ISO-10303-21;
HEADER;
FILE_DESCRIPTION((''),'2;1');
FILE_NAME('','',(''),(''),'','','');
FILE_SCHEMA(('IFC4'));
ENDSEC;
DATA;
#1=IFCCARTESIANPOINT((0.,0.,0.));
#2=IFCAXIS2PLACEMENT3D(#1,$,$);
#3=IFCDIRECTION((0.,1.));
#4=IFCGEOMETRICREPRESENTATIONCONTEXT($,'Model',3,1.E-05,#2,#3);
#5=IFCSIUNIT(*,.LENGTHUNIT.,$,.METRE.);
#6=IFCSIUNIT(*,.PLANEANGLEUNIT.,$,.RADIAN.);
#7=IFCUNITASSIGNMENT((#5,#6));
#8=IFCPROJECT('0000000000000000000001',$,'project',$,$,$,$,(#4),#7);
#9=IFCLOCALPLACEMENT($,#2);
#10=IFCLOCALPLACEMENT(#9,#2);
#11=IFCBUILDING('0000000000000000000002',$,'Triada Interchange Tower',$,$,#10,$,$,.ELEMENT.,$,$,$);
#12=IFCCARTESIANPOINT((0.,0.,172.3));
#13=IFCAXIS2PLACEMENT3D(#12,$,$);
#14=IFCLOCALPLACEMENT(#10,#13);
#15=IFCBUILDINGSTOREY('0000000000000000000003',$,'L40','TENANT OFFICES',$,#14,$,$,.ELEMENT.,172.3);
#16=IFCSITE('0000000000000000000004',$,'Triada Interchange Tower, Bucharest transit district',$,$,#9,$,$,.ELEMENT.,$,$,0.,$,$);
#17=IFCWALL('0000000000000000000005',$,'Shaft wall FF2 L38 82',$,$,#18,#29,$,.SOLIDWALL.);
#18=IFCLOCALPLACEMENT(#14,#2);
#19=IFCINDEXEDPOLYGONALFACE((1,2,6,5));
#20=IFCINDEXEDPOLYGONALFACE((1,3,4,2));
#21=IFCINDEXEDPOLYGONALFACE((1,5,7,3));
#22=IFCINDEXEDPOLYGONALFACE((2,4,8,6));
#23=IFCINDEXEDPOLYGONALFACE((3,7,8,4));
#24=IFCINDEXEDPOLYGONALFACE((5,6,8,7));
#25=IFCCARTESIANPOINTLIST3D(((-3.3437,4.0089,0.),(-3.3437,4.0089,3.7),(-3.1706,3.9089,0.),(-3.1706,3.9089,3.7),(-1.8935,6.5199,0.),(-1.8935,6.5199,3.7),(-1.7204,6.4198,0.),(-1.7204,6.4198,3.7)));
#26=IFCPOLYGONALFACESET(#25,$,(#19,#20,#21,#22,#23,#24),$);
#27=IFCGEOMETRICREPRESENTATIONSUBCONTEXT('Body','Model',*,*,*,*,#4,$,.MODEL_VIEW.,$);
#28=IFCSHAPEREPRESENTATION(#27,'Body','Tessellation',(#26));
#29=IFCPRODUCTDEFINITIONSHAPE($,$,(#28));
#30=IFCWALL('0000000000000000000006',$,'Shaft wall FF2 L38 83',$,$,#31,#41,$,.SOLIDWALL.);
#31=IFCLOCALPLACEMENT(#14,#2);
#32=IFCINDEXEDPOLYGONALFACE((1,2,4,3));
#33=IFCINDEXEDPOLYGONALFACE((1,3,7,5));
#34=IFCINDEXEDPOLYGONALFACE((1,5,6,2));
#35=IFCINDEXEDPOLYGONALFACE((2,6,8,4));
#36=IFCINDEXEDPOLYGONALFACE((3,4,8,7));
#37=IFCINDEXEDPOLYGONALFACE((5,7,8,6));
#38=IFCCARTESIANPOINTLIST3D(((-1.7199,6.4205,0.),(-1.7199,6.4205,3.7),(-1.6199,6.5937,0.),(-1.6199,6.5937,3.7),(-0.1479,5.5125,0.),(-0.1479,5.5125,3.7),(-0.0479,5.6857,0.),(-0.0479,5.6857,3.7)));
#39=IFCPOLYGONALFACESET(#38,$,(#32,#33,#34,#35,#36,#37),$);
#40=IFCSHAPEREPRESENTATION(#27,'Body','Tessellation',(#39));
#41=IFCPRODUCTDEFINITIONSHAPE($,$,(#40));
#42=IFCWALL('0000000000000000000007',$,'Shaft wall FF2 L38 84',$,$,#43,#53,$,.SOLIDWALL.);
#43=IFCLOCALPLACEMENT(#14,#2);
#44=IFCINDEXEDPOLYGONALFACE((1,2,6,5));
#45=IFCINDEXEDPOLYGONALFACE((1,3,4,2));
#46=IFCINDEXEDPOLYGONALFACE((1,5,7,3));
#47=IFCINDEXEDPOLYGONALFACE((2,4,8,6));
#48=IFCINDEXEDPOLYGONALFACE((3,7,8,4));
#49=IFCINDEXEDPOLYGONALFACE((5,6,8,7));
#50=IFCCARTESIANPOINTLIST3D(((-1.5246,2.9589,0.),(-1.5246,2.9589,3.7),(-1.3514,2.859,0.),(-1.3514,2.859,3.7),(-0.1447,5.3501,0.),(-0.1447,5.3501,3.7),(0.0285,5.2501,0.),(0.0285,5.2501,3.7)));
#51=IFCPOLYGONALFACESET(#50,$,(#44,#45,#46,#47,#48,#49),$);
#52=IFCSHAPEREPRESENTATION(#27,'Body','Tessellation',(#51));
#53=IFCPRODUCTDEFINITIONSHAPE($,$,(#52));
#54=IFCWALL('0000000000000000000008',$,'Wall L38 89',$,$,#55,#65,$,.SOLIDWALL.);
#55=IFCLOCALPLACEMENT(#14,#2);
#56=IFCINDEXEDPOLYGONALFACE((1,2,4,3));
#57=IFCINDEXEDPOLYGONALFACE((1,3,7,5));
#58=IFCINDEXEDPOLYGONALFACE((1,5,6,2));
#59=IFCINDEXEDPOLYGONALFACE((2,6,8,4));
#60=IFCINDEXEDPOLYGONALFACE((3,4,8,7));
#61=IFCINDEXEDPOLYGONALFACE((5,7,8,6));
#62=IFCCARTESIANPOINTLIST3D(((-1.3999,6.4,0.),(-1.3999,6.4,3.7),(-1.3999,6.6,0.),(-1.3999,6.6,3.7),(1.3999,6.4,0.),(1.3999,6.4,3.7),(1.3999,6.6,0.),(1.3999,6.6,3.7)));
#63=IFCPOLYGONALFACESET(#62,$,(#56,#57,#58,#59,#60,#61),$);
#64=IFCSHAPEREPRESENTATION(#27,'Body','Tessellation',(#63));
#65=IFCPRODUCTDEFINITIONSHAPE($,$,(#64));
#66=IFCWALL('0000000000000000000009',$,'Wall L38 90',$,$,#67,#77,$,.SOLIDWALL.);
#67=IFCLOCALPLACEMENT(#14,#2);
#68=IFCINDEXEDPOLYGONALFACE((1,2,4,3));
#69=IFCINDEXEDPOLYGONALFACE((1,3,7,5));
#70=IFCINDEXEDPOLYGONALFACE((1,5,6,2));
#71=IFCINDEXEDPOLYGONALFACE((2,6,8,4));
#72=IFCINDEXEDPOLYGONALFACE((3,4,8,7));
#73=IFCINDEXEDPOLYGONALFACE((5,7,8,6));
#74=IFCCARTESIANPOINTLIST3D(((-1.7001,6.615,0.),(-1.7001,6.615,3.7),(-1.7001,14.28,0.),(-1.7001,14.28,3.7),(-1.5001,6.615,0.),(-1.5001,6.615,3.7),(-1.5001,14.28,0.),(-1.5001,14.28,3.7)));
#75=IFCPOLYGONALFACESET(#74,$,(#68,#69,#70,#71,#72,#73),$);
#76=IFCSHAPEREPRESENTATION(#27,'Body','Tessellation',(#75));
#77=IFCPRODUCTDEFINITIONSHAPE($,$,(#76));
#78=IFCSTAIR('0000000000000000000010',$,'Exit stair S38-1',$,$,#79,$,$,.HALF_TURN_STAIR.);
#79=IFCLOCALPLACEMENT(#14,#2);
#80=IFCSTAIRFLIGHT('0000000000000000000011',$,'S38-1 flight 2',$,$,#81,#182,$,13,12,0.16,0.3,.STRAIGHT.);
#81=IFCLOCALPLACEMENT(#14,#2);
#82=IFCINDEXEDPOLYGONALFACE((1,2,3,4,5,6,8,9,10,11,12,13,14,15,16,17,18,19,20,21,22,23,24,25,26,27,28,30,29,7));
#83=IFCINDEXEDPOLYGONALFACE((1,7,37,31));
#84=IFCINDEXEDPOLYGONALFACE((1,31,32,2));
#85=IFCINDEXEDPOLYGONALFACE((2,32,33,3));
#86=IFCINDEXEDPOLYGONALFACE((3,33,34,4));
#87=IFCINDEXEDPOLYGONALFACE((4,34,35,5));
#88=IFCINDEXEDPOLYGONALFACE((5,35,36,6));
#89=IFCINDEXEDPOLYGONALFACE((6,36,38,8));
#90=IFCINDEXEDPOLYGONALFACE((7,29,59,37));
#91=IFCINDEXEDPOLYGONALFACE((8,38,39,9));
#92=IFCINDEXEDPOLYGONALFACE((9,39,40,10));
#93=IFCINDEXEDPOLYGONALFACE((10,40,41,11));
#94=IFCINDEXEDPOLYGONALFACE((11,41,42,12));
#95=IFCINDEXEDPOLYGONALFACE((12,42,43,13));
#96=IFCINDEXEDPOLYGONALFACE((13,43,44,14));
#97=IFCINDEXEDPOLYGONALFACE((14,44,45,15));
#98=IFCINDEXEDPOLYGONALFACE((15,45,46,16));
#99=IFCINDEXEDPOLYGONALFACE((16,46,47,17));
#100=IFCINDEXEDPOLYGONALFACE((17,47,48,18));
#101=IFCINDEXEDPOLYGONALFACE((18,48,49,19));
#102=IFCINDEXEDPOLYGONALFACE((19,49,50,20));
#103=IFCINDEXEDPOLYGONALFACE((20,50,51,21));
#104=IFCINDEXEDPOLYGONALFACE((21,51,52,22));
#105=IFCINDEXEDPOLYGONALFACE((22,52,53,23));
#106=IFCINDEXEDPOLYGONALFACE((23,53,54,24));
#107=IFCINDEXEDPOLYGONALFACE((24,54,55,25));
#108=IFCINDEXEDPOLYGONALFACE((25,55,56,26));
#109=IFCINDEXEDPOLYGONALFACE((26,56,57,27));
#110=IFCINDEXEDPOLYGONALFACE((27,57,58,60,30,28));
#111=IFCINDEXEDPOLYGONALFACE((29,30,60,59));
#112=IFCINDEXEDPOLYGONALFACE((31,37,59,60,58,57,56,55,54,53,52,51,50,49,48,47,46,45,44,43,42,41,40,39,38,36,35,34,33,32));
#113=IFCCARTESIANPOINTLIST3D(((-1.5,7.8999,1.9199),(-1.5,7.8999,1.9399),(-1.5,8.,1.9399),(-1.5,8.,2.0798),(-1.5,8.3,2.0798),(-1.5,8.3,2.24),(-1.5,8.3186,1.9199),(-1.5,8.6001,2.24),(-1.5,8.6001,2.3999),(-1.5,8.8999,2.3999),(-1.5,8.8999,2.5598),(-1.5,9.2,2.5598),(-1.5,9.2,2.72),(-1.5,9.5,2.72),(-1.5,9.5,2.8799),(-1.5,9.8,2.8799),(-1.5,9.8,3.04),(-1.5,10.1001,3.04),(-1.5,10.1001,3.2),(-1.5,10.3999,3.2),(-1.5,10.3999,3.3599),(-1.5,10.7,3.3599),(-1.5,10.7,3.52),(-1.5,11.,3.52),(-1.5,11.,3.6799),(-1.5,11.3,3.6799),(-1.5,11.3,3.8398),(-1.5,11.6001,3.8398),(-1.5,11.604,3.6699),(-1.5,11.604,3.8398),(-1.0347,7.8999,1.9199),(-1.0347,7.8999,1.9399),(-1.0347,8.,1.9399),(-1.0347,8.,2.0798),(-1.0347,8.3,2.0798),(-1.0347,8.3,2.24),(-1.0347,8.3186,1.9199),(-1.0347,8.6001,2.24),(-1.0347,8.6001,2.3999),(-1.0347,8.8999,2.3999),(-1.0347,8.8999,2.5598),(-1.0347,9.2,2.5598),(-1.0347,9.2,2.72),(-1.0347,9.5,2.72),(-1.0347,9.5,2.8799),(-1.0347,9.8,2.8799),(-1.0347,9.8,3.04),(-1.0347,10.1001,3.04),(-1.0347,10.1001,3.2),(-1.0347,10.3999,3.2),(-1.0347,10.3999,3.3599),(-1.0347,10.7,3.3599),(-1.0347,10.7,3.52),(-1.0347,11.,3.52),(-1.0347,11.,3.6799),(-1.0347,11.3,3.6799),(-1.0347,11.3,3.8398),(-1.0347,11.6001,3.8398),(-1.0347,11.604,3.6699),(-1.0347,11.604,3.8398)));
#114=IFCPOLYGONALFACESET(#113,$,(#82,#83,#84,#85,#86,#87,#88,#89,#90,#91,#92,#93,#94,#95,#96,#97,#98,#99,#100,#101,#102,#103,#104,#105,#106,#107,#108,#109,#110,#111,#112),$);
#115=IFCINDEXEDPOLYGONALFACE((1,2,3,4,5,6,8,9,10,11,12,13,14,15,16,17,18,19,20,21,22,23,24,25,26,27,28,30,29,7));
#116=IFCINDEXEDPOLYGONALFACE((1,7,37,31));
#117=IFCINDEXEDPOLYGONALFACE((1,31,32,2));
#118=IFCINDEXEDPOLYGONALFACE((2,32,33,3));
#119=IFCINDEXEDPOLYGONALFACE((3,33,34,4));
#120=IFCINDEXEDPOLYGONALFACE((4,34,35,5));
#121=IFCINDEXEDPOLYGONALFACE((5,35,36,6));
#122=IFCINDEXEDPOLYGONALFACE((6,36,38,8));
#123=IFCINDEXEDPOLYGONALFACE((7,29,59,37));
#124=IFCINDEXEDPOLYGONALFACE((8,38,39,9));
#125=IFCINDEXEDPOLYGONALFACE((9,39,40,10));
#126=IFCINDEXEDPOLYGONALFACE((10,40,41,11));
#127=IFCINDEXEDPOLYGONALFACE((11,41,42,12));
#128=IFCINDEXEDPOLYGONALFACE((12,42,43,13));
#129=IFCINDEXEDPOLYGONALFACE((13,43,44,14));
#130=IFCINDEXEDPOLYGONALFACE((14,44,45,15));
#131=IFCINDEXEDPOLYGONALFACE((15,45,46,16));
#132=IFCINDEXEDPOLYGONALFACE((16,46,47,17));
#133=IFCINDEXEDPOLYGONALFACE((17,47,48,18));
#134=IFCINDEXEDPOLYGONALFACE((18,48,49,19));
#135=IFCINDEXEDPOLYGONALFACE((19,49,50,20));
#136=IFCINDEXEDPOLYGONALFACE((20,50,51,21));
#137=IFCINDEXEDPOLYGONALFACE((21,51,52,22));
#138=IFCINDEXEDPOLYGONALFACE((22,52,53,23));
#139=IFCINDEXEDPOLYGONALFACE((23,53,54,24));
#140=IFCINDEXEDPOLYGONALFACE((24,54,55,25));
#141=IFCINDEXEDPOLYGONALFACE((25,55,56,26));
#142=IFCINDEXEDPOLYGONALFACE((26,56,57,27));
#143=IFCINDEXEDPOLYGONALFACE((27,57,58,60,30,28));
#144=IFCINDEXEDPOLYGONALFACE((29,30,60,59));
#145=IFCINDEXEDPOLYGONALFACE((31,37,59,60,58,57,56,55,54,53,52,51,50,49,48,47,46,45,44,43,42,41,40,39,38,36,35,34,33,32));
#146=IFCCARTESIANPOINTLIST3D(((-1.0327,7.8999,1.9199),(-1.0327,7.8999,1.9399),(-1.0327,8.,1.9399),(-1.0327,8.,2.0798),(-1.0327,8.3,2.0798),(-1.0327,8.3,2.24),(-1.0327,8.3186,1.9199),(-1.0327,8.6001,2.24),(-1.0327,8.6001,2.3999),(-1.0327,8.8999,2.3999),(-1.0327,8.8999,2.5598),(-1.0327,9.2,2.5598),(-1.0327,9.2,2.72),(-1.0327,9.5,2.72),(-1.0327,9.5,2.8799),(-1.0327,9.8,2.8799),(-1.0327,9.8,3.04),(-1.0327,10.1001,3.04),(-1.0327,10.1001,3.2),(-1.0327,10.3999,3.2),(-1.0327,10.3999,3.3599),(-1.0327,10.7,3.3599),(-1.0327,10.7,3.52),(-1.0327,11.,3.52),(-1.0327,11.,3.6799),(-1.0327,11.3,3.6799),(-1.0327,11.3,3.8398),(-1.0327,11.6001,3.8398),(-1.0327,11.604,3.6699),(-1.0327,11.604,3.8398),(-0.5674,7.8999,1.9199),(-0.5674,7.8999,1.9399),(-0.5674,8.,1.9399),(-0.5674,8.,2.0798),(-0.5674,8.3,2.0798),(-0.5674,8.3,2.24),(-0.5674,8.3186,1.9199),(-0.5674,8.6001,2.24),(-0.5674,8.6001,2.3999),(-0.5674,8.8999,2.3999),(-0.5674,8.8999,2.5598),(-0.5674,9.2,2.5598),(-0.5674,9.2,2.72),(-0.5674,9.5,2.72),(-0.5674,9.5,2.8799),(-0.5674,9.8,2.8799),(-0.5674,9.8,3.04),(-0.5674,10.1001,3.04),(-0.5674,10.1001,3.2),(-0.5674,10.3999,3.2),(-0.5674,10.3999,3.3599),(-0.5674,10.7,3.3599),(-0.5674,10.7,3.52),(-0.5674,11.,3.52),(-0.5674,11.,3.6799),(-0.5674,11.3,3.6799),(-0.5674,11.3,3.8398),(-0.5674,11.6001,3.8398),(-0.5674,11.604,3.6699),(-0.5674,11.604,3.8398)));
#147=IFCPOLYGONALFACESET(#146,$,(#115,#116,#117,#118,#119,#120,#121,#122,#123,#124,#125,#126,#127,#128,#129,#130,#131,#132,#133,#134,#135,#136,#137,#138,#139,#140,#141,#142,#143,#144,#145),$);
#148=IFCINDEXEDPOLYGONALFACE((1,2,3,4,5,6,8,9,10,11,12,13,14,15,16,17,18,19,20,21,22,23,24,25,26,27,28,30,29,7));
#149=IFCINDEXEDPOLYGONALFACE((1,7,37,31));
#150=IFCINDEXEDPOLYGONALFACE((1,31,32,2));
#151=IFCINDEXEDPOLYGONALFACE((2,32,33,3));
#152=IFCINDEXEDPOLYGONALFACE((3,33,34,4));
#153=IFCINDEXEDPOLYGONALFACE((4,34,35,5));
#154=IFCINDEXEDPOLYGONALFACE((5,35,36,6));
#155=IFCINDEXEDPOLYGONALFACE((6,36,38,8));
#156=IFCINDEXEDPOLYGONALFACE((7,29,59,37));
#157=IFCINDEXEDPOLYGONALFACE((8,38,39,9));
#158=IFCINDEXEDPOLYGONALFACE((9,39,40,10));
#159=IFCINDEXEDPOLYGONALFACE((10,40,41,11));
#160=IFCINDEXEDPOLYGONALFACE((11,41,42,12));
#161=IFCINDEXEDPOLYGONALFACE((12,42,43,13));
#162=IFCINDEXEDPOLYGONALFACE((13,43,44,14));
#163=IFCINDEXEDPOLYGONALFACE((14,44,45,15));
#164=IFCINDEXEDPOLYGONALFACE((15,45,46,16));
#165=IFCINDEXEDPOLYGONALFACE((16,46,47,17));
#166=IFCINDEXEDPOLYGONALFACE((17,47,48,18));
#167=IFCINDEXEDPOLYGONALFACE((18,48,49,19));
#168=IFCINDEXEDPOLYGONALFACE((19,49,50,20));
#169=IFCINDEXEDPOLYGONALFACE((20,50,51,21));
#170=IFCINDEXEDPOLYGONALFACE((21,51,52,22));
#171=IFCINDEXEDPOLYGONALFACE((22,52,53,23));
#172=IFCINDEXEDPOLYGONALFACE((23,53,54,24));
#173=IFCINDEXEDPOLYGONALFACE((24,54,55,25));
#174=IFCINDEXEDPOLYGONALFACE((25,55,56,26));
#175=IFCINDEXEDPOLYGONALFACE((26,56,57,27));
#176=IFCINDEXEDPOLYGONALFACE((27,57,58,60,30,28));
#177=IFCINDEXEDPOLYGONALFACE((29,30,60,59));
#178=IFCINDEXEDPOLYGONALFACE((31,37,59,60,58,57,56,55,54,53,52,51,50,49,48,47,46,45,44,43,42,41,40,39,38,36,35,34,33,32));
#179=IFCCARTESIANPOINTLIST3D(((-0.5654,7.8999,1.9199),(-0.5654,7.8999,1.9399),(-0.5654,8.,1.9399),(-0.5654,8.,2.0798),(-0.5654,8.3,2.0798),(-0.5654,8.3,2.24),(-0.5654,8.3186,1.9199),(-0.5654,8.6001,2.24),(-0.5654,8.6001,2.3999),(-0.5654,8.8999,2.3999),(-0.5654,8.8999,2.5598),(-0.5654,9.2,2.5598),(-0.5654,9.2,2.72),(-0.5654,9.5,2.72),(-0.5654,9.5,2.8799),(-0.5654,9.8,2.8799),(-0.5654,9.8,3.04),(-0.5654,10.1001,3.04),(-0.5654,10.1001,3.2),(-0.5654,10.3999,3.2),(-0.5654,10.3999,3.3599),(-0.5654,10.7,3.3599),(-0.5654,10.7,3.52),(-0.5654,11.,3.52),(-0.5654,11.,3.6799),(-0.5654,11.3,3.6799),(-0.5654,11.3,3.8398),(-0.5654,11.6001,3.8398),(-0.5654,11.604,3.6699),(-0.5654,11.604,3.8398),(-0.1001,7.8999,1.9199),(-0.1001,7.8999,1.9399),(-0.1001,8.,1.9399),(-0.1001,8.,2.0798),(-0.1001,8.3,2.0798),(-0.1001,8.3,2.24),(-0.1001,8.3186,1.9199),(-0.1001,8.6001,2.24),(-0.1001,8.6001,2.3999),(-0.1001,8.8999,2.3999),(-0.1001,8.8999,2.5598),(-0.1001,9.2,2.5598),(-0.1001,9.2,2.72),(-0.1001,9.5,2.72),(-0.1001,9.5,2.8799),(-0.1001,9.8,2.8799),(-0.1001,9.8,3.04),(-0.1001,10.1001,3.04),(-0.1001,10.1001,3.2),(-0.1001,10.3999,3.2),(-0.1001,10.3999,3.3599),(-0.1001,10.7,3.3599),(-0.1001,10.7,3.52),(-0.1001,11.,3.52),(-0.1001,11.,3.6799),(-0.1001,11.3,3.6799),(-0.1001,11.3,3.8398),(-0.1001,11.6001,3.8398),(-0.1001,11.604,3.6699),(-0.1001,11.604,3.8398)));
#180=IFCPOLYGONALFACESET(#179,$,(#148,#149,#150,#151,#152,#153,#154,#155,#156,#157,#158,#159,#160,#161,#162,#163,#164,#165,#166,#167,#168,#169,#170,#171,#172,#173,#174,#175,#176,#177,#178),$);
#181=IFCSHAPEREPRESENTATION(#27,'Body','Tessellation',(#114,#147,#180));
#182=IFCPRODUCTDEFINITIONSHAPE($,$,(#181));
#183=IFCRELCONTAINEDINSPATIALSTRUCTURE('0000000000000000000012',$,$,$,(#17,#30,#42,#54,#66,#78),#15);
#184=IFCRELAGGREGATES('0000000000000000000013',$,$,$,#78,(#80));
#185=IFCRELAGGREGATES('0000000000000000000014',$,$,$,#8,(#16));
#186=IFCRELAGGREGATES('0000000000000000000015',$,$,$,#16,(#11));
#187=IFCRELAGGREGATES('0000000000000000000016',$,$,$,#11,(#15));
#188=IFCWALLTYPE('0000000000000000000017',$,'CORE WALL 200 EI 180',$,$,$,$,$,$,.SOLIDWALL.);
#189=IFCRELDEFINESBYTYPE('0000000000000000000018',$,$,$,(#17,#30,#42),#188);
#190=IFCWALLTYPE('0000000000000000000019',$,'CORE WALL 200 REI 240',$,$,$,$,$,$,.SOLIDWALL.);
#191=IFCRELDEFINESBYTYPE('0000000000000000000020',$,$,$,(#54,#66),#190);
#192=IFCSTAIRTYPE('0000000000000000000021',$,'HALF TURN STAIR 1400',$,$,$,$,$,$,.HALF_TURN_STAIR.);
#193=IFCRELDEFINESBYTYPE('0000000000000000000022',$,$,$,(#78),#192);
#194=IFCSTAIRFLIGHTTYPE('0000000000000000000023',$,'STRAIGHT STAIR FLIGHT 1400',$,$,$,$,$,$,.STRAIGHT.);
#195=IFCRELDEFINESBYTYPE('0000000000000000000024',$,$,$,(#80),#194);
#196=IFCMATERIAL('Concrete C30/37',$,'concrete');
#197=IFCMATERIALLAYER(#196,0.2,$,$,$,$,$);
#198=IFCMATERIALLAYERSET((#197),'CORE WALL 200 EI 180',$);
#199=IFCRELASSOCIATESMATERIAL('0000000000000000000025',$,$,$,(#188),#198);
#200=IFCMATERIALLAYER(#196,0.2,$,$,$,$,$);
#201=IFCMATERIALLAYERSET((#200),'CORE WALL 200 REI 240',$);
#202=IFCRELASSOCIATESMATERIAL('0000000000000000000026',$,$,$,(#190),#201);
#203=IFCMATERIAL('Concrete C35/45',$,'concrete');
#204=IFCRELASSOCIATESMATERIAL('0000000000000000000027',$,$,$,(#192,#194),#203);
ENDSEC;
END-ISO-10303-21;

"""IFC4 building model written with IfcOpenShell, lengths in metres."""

from ifc_helpers import new_model, si_unit, direction, frame, frame_2d, origin, place, context, subcontext, project, spatial, polyline, rectangle, outline, extrude, material, layer, layer_set, type_object, element, aggregate, save


model = new_model("IFC4")

# Units and contexts
model_context = context("Model", 3, precision=1e-05, world=origin(), true_north=direction((0.0, 1.0)))
body_context = subcontext(model_context, "Body", "Model", "MODEL_VIEW")
ifc_project = project(units=[si_unit("LENGTHUNIT", "METRE"), si_unit("PLANEANGLEUNIT", "RADIAN")], contexts=[model_context])

# Site, building, storey
site_placement = place(None, origin())
site = spatial("IfcSite", under=ifc_project, at=site_placement, Name="Triada Interchange Tower, Bucharest transit district", CompositionType="ELEMENT", RefElevation=0.0)
building_placement = place(site_placement, origin())
building = spatial("IfcBuilding", under=site, at=building_placement, Name="Triada Interchange Tower", CompositionType="ELEMENT")
storey_placement = place(building_placement, frame((0.0, 0.0, 172.3)))
storey = spatial("IfcBuildingStorey", under=building, at=storey_placement, Name="L40", Description="TENANT OFFICES", CompositionType="ELEMENT", Elevation=172.3)

# Shared definitions
ifc_material_1 = material(Name="Concrete C30/37", Category="concrete")
ifc_layer_1 = layer(ifc_material_1, 0.2)
ifc_layer_set_1 = layer_set([ifc_layer_1], Name="CORE WALL 200 EI 180")
wall_type_1 = type_object("IfcWallType", Name="CORE WALL 200 EI 180", PredefinedType="SOLIDWALL", material=ifc_layer_set_1)

# Walls
wall_1_placement = place(storey_placement, frame((-3.2571, 3.959, 0.0), z_axis=(0.0, 0.0, 1.0), x_axis=(0.500123, 0.865954, 0.0)))
element("IfcWall", 1, at=wall_1_placement, inside=storey, type_object=wall_type_1, Name="Shaft wall FF2 L38 82", PredefinedType="SOLIDWALL", context=body_context, shape_type="SweptSolid", body=[
    extrude(rectangle(XDim=2.8997, YDim=0.2, at=frame_2d((1.4497, 0.0))), origin(), (0.0, 0.0, 1.0), 3.7),
])
wall_2_placement = place(storey_placement, frame((-1.6699, 6.5071, 0.0), z_axis=(0.0, 0.0, 1.0), x_axis=(0.865941, -0.500145, 0.0)))
element("IfcWall", 2, at=wall_2_placement, inside=storey, type_object=wall_type_1, Name="Shaft wall FF2 L38 83", PredefinedType="SOLIDWALL", context=body_context, shape_type="SweptSolid", body=[
    extrude(rectangle(XDim=1.8154, YDim=0.2, at=frame_2d((0.9077, 0.0))), origin(), (0.0, 0.0, 1.0), 3.7),
])
wall_3_placement = place(storey_placement, frame((-1.438, 2.9089, 0.0), z_axis=(0.0, 0.0, 1.0), x_axis=(0.49983, 0.866124, 0.0)))
element("IfcWall", 3, at=wall_3_placement, inside=storey, type_object=wall_type_1, Name="Shaft wall FF2 L38 84", PredefinedType="SOLIDWALL", context=body_context, shape_type="SweptSolid", body=[
    extrude(rectangle(XDim=2.7607, YDim=0.2, at=frame_2d((1.3804, 0.0))), origin(), (0.0, 0.0, 1.0), 3.7),
])
ifc_layer_2 = layer(ifc_material_1, 0.2)
ifc_layer_set_2 = layer_set([ifc_layer_2], Name="CORE WALL 200 REI 240")
wall_type_2 = type_object("IfcWallType", Name="CORE WALL 200 REI 240", PredefinedType="SOLIDWALL", material=ifc_layer_set_2)
wall_4_placement = place(storey_placement, frame((-1.3999, 6.5, 0.0), z_axis=(0.0, 0.0, 1.0), x_axis=(1.0, 0.0, 0.0)))
element("IfcWall", 4, at=wall_4_placement, inside=storey, type_object=wall_type_2, Name="Wall L38 89", PredefinedType="SOLIDWALL", context=body_context, shape_type="SweptSolid", body=[
    extrude(rectangle(XDim=2.7998, YDim=0.2, at=frame_2d((1.3999, 0.0))), origin(), (0.0, 0.0, 1.0), 3.7),
])
wall_5_placement = place(storey_placement, frame((-1.6001, 6.615, 0.0), z_axis=(0.0, 0.0, 1.0), x_axis=(0.0, 1.0, 0.0)))
element("IfcWall", 5, at=wall_5_placement, inside=storey, type_object=wall_type_2, Name="Wall L38 90", PredefinedType="SOLIDWALL", context=body_context, shape_type="SweptSolid", body=[
    extrude(rectangle(XDim=7.665, YDim=0.2, at=frame_2d((3.8325, 0.0))), origin(), (0.0, 0.0, 1.0), 3.7),
])

# Stair, stair flight
ifc_material_2 = material(Name="Concrete C35/45", Category="concrete")
stair_type = type_object("IfcStairType", Name="HALF TURN STAIR 1400", PredefinedType="HALF_TURN_STAIR", material=ifc_material_2)
stair_placement = place(storey_placement, origin())
stair = element("IfcStair", 6, at=stair_placement, inside=storey, type_object=stair_type, Name="Exit stair S38-1", PredefinedType="HALF_TURN_STAIR")
stair_flight_type = type_object("IfcStairFlightType", Name="STRAIGHT STAIR FLIGHT 1400", PredefinedType="STRAIGHT", material=ifc_material_2)
stair_flight_placement = place(storey_placement, frame((-0.8, 8.0, 1.9199), z_axis=(0.0, 0.0, 1.0), x_axis=(0.0, 1.0, 0.0)))
stair_flight = element("IfcStairFlight", 7, at=stair_flight_placement, type_object=stair_flight_type, Name="S38-1 flight 2", NumberOfRisers=13, NumberOfTreads=12, PredefinedType="STRAIGHT", RiserHeight=0.16, TreadLength=0.3, context=body_context, shape_type="SweptSolid", body=[
    extrude(outline(polyline([(-0.1001, 0.0), (-0.1001, 0.02), (0.0, 0.02), (0.0, 0.1599), (0.3, 0.1599), (0.3, 0.3201), (0.6001, 0.3201), (0.6001, 0.48), (0.8999, 0.48), (0.8999, 0.6399), (1.2, 0.6399), (1.2, 0.8), (1.5, 0.8), (1.5, 0.96), (1.8, 0.96), (1.8, 1.1201), (2.1001, 1.1201), (2.1001, 1.28), (2.3999, 1.28), (2.3999, 1.4399), (2.7, 1.4399), (2.7, 1.6001), (3.0, 1.6001), (3.0, 1.76), (3.3, 1.76), (3.3, 1.9199), (3.6001, 1.9199), (3.604, 1.9199), (3.604, 2.0801), (3.604, 1.75), (0.3186, 0.0), (-0.1001, 0.0)])), frame((0.0, 0.7, 0.0), z_axis=(0.0, -1.0, 0.0), x_axis=(1.0, 0.0, 0.0)), (0.0, 0.0, 1.0), 0.4653),
    extrude(outline(polyline([(-0.1001, 0.0), (-0.1001, 0.02), (0.0, 0.02), (0.0, 0.1599), (0.3, 0.1599), (0.3, 0.3201), (0.6001, 0.3201), (0.6001, 0.48), (0.8999, 0.48), (0.8999, 0.6399), (1.2, 0.6399), (1.2, 0.8), (1.5, 0.8), (1.5, 0.96), (1.8, 0.96), (1.8, 1.1201), (2.1001, 1.1201), (2.1001, 1.28), (2.3999, 1.28), (2.3999, 1.4399), (2.7, 1.4399), (2.7, 1.6001), (3.0, 1.6001), (3.0, 1.76), (3.3, 1.76), (3.3, 1.9199), (3.6001, 1.9199), (3.604, 1.9199), (3.604, 2.0801), (3.604, 1.75), (0.3186, 0.0), (-0.1001, 0.0)])), frame((0.0, 0.2327, 0.0), z_axis=(0.0, -1.0, 0.0), x_axis=(1.0, 0.0, 0.0)), (0.0, 0.0, 1.0), 0.4653),
    extrude(outline(polyline([(-0.1001, 0.0), (-0.1001, 0.02), (0.0, 0.02), (0.0, 0.1599), (0.3, 0.1599), (0.3, 0.3201), (0.6001, 0.3201), (0.6001, 0.48), (0.8999, 0.48), (0.8999, 0.6399), (1.2, 0.6399), (1.2, 0.8), (1.5, 0.8), (1.5, 0.96), (1.8, 0.96), (1.8, 1.1201), (2.1001, 1.1201), (2.1001, 1.28), (2.3999, 1.28), (2.3999, 1.4399), (2.7, 1.4399), (2.7, 1.6001), (3.0, 1.6001), (3.0, 1.76), (3.3, 1.76), (3.3, 1.9199), (3.6001, 1.9199), (3.604, 1.9199), (3.604, 2.0801), (3.604, 1.75), (0.3186, 0.0), (-0.1001, 0.0)])), frame((0.0, -0.2346, 0.0), z_axis=(0.0, -1.0, 0.0), x_axis=(1.0, 0.0, 0.0)), (0.0, 0.0, 1.0), 0.4653),
])
aggregate(stair, [stair_flight])

save(model, "model.ifc")
